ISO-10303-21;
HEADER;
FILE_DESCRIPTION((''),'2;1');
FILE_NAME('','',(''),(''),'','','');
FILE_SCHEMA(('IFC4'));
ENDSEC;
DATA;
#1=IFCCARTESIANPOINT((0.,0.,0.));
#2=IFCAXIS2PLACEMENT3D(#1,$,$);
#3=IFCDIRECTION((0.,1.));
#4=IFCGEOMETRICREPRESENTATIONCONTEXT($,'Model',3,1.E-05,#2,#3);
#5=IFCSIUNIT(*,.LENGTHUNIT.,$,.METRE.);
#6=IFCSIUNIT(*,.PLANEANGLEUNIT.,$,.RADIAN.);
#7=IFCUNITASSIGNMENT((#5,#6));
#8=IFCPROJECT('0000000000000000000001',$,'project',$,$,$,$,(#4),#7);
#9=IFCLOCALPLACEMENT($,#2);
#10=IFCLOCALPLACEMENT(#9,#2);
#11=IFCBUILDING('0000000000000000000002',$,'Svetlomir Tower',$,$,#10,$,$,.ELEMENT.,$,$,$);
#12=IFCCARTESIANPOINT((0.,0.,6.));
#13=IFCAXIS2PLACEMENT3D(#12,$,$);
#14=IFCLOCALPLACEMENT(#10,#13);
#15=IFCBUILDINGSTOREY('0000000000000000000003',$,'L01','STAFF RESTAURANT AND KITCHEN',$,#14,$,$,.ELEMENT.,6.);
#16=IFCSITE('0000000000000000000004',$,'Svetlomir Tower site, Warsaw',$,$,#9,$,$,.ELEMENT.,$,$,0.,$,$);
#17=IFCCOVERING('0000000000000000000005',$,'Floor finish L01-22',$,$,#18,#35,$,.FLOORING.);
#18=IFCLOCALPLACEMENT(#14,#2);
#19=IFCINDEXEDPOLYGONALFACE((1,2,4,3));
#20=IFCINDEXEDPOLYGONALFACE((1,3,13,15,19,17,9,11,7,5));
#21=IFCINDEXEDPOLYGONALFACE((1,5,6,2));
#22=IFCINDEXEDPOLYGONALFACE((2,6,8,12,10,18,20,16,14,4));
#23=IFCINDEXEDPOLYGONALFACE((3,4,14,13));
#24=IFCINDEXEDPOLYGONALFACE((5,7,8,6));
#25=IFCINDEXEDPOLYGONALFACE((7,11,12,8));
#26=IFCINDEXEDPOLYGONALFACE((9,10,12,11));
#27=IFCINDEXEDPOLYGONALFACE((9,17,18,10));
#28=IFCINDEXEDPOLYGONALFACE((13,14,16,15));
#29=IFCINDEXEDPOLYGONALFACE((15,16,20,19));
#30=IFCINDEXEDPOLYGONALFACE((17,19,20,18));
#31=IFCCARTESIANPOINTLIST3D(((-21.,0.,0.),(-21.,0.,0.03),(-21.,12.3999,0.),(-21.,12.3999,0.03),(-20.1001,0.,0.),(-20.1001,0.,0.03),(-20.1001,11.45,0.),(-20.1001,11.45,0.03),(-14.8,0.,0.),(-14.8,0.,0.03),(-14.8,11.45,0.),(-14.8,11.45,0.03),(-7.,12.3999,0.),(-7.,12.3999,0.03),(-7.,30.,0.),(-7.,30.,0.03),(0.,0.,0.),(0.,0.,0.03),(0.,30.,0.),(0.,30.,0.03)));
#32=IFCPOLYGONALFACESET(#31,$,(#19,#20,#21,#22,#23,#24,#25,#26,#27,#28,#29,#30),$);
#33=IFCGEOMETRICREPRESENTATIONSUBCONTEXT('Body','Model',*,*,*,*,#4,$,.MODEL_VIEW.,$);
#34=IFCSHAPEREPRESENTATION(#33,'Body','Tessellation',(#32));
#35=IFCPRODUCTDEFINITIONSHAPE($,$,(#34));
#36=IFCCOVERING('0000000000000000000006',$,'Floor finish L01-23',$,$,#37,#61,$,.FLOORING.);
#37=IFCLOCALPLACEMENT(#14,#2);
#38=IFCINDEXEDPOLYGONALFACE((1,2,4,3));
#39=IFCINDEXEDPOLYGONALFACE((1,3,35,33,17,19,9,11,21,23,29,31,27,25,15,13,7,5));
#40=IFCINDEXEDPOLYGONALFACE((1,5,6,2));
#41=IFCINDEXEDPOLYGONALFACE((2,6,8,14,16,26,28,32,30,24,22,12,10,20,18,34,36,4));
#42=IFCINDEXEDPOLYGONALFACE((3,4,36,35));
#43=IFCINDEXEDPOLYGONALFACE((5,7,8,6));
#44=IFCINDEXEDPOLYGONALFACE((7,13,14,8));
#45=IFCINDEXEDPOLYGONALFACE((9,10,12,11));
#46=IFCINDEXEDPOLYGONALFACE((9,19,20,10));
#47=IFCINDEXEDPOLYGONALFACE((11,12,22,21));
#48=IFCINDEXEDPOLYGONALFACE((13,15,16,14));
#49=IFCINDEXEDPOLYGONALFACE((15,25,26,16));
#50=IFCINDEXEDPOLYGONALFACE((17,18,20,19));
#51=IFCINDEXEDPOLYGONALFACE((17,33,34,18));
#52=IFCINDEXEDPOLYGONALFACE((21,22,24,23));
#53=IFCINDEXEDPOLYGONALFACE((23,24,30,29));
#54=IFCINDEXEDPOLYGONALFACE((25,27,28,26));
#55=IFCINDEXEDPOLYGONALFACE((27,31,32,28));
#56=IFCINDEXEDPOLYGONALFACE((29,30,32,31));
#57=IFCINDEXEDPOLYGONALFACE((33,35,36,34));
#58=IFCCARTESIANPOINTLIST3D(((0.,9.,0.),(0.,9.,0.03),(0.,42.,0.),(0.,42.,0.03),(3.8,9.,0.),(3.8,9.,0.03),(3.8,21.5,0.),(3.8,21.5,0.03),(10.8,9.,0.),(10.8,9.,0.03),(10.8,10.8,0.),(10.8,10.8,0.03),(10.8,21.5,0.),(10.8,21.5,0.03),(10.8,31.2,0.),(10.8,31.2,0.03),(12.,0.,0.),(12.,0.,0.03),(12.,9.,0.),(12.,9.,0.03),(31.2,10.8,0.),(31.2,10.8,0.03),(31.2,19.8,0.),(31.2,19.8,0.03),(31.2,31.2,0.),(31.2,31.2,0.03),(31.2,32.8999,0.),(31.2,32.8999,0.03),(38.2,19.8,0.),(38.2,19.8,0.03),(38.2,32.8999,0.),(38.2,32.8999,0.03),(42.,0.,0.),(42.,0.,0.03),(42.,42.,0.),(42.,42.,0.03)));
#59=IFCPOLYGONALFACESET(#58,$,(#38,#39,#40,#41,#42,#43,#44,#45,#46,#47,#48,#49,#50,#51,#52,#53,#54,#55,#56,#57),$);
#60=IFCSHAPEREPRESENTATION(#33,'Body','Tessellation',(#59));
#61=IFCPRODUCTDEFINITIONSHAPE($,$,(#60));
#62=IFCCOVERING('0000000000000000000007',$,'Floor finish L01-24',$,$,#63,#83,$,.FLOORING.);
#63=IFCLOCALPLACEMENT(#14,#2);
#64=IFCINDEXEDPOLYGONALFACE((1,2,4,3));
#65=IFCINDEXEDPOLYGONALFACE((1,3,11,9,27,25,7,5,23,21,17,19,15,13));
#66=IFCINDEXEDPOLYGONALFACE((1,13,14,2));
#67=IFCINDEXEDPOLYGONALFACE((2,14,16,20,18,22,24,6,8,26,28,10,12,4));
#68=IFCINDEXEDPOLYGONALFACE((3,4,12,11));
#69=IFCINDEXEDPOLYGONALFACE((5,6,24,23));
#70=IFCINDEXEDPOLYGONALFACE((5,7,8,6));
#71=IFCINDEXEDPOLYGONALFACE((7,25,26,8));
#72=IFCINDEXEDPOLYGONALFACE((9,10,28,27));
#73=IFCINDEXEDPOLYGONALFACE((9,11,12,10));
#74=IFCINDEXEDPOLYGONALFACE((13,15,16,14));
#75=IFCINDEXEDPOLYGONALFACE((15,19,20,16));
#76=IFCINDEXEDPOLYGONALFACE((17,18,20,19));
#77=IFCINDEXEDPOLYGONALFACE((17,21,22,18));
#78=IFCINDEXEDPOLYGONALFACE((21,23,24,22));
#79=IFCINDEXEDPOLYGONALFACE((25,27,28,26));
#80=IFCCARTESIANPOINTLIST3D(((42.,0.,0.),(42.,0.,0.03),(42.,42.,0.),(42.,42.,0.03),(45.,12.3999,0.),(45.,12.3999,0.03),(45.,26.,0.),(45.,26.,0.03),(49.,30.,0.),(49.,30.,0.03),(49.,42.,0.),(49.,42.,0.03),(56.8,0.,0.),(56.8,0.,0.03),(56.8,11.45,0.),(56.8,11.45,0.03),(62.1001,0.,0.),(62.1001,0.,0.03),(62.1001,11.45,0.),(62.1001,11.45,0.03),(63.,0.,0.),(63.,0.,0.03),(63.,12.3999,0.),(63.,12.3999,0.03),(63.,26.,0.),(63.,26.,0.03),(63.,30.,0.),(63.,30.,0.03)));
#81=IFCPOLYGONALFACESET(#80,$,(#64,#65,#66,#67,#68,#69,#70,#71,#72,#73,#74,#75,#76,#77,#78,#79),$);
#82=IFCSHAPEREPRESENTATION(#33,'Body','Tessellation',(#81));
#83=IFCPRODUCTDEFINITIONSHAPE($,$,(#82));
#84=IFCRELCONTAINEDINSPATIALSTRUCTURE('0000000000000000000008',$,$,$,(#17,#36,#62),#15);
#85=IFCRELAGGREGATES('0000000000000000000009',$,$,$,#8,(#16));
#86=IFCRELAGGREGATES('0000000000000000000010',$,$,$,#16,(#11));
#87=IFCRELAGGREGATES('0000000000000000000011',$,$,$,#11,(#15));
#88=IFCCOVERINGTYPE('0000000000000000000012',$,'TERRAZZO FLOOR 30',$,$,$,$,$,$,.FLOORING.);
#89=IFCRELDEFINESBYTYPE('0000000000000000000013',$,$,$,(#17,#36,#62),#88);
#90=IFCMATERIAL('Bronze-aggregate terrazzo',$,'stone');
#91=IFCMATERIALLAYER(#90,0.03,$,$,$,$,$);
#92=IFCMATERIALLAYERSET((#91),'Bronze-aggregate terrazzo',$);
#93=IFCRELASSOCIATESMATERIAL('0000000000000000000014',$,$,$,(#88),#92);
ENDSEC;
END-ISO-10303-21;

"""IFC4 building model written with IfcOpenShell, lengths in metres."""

from ifc_helpers import new_model, si_unit, direction, frame, origin, place, context, subcontext, project, spatial, polyline, outline, extrude, material, layer, layer_set, type_object, element, save


model = new_model("IFC4")

# Units and contexts
model_context = context("Model", 3, precision=1e-05, world=origin(), true_north=direction((0.0, 1.0)))
body_context = subcontext(model_context, "Body", "Model", "MODEL_VIEW")
ifc_project = project(units=[si_unit("LENGTHUNIT", "METRE"), si_unit("PLANEANGLEUNIT", "RADIAN")], contexts=[model_context])

# Site, building, storey
site_placement = place(None, origin())
site = spatial("IfcSite", under=ifc_project, at=site_placement, Name="Svetlomir Tower site, Warsaw", CompositionType="ELEMENT", RefElevation=0.0)
building_placement = place(site_placement, origin())
building = spatial("IfcBuilding", under=site, at=building_placement, Name="Svetlomir Tower", CompositionType="ELEMENT")
storey_placement = place(building_placement, frame((0.0, 0.0, 6.0)))
storey = spatial("IfcBuildingStorey", under=building, at=storey_placement, Name="L01", Description="STAFF RESTAURANT AND KITCHEN", CompositionType="ELEMENT", Elevation=6.0)

# Coverings
ifc_material_1 = material(Name="Bronze-aggregate terrazzo", Category="stone")
ifc_layer_1 = layer(ifc_material_1, 0.03)
ifc_layer_set_1 = layer_set([ifc_layer_1], Name="Bronze-aggregate terrazzo")
covering_type_1 = type_object("IfcCoveringType", Name="TERRAZZO FLOOR 30", PredefinedType="FLOORING", material=ifc_layer_set_1)
covering_1_placement = place(storey_placement, origin())
element("IfcCovering", 1, at=covering_1_placement, inside=storey, type_object=covering_type_1, Name="Floor finish L01-22", PredefinedType="FLOORING", context=body_context, shape_type="SweptSolid", body=[
    extrude(outline(polyline([(-21.0, 0.0), (-21.0, 12.3999), (-7.0, 12.3999), (-7.0, 30.0), (0.0, 30.0), (0.0, 0.0), (-14.8, 0.0), (-14.8, 11.45), (-20.1001, 11.45), (-20.1001, 0.0), (-21.0, 0.0)])), origin(), (0.0, 0.0, 1.0), 0.03),
])
covering_2_placement = place(storey_placement, origin())
element("IfcCovering", 2, at=covering_2_placement, inside=storey, type_object=covering_type_1, Name="Floor finish L01-23", PredefinedType="FLOORING", context=body_context, shape_type="SweptSolid", body=[
    extrude(outline(polyline([(0.0, 42.0), (42.0, 42.0), (42.0, 0.0), (12.0, 0.0), (12.0, 9.0), (10.8, 9.0), (10.8, 10.8), (31.2, 10.8), (31.2, 19.8), (38.2, 19.8), (38.2, 32.8999), (31.2, 32.8999), (31.2, 31.2), (10.8, 31.2), (10.8, 21.5), (3.8, 21.5), (3.8, 9.0), (0.0, 9.0), (0.0, 42.0)])), origin(), (0.0, 0.0, 1.0), 0.03),
])
covering_3_placement = place(storey_placement, origin())
element("IfcCovering", 3, at=covering_3_placement, inside=storey, type_object=covering_type_1, Name="Floor finish L01-24", PredefinedType="FLOORING", context=body_context, shape_type="SweptSolid", body=[
    extrude(outline(polyline([(42.0, 42.0), (49.0, 42.0), (49.0, 30.0), (63.0, 30.0), (63.0, 26.0), (45.0, 26.0), (45.0, 12.3999), (63.0, 12.3999), (63.0, 0.0), (62.1001, 0.0), (62.1001, 11.45), (56.8, 11.45), (56.8, 0.0), (42.0, 0.0), (42.0, 42.0)])), origin(), (0.0, 0.0, 1.0), 0.03),
])

save(model, "model.ifc")
